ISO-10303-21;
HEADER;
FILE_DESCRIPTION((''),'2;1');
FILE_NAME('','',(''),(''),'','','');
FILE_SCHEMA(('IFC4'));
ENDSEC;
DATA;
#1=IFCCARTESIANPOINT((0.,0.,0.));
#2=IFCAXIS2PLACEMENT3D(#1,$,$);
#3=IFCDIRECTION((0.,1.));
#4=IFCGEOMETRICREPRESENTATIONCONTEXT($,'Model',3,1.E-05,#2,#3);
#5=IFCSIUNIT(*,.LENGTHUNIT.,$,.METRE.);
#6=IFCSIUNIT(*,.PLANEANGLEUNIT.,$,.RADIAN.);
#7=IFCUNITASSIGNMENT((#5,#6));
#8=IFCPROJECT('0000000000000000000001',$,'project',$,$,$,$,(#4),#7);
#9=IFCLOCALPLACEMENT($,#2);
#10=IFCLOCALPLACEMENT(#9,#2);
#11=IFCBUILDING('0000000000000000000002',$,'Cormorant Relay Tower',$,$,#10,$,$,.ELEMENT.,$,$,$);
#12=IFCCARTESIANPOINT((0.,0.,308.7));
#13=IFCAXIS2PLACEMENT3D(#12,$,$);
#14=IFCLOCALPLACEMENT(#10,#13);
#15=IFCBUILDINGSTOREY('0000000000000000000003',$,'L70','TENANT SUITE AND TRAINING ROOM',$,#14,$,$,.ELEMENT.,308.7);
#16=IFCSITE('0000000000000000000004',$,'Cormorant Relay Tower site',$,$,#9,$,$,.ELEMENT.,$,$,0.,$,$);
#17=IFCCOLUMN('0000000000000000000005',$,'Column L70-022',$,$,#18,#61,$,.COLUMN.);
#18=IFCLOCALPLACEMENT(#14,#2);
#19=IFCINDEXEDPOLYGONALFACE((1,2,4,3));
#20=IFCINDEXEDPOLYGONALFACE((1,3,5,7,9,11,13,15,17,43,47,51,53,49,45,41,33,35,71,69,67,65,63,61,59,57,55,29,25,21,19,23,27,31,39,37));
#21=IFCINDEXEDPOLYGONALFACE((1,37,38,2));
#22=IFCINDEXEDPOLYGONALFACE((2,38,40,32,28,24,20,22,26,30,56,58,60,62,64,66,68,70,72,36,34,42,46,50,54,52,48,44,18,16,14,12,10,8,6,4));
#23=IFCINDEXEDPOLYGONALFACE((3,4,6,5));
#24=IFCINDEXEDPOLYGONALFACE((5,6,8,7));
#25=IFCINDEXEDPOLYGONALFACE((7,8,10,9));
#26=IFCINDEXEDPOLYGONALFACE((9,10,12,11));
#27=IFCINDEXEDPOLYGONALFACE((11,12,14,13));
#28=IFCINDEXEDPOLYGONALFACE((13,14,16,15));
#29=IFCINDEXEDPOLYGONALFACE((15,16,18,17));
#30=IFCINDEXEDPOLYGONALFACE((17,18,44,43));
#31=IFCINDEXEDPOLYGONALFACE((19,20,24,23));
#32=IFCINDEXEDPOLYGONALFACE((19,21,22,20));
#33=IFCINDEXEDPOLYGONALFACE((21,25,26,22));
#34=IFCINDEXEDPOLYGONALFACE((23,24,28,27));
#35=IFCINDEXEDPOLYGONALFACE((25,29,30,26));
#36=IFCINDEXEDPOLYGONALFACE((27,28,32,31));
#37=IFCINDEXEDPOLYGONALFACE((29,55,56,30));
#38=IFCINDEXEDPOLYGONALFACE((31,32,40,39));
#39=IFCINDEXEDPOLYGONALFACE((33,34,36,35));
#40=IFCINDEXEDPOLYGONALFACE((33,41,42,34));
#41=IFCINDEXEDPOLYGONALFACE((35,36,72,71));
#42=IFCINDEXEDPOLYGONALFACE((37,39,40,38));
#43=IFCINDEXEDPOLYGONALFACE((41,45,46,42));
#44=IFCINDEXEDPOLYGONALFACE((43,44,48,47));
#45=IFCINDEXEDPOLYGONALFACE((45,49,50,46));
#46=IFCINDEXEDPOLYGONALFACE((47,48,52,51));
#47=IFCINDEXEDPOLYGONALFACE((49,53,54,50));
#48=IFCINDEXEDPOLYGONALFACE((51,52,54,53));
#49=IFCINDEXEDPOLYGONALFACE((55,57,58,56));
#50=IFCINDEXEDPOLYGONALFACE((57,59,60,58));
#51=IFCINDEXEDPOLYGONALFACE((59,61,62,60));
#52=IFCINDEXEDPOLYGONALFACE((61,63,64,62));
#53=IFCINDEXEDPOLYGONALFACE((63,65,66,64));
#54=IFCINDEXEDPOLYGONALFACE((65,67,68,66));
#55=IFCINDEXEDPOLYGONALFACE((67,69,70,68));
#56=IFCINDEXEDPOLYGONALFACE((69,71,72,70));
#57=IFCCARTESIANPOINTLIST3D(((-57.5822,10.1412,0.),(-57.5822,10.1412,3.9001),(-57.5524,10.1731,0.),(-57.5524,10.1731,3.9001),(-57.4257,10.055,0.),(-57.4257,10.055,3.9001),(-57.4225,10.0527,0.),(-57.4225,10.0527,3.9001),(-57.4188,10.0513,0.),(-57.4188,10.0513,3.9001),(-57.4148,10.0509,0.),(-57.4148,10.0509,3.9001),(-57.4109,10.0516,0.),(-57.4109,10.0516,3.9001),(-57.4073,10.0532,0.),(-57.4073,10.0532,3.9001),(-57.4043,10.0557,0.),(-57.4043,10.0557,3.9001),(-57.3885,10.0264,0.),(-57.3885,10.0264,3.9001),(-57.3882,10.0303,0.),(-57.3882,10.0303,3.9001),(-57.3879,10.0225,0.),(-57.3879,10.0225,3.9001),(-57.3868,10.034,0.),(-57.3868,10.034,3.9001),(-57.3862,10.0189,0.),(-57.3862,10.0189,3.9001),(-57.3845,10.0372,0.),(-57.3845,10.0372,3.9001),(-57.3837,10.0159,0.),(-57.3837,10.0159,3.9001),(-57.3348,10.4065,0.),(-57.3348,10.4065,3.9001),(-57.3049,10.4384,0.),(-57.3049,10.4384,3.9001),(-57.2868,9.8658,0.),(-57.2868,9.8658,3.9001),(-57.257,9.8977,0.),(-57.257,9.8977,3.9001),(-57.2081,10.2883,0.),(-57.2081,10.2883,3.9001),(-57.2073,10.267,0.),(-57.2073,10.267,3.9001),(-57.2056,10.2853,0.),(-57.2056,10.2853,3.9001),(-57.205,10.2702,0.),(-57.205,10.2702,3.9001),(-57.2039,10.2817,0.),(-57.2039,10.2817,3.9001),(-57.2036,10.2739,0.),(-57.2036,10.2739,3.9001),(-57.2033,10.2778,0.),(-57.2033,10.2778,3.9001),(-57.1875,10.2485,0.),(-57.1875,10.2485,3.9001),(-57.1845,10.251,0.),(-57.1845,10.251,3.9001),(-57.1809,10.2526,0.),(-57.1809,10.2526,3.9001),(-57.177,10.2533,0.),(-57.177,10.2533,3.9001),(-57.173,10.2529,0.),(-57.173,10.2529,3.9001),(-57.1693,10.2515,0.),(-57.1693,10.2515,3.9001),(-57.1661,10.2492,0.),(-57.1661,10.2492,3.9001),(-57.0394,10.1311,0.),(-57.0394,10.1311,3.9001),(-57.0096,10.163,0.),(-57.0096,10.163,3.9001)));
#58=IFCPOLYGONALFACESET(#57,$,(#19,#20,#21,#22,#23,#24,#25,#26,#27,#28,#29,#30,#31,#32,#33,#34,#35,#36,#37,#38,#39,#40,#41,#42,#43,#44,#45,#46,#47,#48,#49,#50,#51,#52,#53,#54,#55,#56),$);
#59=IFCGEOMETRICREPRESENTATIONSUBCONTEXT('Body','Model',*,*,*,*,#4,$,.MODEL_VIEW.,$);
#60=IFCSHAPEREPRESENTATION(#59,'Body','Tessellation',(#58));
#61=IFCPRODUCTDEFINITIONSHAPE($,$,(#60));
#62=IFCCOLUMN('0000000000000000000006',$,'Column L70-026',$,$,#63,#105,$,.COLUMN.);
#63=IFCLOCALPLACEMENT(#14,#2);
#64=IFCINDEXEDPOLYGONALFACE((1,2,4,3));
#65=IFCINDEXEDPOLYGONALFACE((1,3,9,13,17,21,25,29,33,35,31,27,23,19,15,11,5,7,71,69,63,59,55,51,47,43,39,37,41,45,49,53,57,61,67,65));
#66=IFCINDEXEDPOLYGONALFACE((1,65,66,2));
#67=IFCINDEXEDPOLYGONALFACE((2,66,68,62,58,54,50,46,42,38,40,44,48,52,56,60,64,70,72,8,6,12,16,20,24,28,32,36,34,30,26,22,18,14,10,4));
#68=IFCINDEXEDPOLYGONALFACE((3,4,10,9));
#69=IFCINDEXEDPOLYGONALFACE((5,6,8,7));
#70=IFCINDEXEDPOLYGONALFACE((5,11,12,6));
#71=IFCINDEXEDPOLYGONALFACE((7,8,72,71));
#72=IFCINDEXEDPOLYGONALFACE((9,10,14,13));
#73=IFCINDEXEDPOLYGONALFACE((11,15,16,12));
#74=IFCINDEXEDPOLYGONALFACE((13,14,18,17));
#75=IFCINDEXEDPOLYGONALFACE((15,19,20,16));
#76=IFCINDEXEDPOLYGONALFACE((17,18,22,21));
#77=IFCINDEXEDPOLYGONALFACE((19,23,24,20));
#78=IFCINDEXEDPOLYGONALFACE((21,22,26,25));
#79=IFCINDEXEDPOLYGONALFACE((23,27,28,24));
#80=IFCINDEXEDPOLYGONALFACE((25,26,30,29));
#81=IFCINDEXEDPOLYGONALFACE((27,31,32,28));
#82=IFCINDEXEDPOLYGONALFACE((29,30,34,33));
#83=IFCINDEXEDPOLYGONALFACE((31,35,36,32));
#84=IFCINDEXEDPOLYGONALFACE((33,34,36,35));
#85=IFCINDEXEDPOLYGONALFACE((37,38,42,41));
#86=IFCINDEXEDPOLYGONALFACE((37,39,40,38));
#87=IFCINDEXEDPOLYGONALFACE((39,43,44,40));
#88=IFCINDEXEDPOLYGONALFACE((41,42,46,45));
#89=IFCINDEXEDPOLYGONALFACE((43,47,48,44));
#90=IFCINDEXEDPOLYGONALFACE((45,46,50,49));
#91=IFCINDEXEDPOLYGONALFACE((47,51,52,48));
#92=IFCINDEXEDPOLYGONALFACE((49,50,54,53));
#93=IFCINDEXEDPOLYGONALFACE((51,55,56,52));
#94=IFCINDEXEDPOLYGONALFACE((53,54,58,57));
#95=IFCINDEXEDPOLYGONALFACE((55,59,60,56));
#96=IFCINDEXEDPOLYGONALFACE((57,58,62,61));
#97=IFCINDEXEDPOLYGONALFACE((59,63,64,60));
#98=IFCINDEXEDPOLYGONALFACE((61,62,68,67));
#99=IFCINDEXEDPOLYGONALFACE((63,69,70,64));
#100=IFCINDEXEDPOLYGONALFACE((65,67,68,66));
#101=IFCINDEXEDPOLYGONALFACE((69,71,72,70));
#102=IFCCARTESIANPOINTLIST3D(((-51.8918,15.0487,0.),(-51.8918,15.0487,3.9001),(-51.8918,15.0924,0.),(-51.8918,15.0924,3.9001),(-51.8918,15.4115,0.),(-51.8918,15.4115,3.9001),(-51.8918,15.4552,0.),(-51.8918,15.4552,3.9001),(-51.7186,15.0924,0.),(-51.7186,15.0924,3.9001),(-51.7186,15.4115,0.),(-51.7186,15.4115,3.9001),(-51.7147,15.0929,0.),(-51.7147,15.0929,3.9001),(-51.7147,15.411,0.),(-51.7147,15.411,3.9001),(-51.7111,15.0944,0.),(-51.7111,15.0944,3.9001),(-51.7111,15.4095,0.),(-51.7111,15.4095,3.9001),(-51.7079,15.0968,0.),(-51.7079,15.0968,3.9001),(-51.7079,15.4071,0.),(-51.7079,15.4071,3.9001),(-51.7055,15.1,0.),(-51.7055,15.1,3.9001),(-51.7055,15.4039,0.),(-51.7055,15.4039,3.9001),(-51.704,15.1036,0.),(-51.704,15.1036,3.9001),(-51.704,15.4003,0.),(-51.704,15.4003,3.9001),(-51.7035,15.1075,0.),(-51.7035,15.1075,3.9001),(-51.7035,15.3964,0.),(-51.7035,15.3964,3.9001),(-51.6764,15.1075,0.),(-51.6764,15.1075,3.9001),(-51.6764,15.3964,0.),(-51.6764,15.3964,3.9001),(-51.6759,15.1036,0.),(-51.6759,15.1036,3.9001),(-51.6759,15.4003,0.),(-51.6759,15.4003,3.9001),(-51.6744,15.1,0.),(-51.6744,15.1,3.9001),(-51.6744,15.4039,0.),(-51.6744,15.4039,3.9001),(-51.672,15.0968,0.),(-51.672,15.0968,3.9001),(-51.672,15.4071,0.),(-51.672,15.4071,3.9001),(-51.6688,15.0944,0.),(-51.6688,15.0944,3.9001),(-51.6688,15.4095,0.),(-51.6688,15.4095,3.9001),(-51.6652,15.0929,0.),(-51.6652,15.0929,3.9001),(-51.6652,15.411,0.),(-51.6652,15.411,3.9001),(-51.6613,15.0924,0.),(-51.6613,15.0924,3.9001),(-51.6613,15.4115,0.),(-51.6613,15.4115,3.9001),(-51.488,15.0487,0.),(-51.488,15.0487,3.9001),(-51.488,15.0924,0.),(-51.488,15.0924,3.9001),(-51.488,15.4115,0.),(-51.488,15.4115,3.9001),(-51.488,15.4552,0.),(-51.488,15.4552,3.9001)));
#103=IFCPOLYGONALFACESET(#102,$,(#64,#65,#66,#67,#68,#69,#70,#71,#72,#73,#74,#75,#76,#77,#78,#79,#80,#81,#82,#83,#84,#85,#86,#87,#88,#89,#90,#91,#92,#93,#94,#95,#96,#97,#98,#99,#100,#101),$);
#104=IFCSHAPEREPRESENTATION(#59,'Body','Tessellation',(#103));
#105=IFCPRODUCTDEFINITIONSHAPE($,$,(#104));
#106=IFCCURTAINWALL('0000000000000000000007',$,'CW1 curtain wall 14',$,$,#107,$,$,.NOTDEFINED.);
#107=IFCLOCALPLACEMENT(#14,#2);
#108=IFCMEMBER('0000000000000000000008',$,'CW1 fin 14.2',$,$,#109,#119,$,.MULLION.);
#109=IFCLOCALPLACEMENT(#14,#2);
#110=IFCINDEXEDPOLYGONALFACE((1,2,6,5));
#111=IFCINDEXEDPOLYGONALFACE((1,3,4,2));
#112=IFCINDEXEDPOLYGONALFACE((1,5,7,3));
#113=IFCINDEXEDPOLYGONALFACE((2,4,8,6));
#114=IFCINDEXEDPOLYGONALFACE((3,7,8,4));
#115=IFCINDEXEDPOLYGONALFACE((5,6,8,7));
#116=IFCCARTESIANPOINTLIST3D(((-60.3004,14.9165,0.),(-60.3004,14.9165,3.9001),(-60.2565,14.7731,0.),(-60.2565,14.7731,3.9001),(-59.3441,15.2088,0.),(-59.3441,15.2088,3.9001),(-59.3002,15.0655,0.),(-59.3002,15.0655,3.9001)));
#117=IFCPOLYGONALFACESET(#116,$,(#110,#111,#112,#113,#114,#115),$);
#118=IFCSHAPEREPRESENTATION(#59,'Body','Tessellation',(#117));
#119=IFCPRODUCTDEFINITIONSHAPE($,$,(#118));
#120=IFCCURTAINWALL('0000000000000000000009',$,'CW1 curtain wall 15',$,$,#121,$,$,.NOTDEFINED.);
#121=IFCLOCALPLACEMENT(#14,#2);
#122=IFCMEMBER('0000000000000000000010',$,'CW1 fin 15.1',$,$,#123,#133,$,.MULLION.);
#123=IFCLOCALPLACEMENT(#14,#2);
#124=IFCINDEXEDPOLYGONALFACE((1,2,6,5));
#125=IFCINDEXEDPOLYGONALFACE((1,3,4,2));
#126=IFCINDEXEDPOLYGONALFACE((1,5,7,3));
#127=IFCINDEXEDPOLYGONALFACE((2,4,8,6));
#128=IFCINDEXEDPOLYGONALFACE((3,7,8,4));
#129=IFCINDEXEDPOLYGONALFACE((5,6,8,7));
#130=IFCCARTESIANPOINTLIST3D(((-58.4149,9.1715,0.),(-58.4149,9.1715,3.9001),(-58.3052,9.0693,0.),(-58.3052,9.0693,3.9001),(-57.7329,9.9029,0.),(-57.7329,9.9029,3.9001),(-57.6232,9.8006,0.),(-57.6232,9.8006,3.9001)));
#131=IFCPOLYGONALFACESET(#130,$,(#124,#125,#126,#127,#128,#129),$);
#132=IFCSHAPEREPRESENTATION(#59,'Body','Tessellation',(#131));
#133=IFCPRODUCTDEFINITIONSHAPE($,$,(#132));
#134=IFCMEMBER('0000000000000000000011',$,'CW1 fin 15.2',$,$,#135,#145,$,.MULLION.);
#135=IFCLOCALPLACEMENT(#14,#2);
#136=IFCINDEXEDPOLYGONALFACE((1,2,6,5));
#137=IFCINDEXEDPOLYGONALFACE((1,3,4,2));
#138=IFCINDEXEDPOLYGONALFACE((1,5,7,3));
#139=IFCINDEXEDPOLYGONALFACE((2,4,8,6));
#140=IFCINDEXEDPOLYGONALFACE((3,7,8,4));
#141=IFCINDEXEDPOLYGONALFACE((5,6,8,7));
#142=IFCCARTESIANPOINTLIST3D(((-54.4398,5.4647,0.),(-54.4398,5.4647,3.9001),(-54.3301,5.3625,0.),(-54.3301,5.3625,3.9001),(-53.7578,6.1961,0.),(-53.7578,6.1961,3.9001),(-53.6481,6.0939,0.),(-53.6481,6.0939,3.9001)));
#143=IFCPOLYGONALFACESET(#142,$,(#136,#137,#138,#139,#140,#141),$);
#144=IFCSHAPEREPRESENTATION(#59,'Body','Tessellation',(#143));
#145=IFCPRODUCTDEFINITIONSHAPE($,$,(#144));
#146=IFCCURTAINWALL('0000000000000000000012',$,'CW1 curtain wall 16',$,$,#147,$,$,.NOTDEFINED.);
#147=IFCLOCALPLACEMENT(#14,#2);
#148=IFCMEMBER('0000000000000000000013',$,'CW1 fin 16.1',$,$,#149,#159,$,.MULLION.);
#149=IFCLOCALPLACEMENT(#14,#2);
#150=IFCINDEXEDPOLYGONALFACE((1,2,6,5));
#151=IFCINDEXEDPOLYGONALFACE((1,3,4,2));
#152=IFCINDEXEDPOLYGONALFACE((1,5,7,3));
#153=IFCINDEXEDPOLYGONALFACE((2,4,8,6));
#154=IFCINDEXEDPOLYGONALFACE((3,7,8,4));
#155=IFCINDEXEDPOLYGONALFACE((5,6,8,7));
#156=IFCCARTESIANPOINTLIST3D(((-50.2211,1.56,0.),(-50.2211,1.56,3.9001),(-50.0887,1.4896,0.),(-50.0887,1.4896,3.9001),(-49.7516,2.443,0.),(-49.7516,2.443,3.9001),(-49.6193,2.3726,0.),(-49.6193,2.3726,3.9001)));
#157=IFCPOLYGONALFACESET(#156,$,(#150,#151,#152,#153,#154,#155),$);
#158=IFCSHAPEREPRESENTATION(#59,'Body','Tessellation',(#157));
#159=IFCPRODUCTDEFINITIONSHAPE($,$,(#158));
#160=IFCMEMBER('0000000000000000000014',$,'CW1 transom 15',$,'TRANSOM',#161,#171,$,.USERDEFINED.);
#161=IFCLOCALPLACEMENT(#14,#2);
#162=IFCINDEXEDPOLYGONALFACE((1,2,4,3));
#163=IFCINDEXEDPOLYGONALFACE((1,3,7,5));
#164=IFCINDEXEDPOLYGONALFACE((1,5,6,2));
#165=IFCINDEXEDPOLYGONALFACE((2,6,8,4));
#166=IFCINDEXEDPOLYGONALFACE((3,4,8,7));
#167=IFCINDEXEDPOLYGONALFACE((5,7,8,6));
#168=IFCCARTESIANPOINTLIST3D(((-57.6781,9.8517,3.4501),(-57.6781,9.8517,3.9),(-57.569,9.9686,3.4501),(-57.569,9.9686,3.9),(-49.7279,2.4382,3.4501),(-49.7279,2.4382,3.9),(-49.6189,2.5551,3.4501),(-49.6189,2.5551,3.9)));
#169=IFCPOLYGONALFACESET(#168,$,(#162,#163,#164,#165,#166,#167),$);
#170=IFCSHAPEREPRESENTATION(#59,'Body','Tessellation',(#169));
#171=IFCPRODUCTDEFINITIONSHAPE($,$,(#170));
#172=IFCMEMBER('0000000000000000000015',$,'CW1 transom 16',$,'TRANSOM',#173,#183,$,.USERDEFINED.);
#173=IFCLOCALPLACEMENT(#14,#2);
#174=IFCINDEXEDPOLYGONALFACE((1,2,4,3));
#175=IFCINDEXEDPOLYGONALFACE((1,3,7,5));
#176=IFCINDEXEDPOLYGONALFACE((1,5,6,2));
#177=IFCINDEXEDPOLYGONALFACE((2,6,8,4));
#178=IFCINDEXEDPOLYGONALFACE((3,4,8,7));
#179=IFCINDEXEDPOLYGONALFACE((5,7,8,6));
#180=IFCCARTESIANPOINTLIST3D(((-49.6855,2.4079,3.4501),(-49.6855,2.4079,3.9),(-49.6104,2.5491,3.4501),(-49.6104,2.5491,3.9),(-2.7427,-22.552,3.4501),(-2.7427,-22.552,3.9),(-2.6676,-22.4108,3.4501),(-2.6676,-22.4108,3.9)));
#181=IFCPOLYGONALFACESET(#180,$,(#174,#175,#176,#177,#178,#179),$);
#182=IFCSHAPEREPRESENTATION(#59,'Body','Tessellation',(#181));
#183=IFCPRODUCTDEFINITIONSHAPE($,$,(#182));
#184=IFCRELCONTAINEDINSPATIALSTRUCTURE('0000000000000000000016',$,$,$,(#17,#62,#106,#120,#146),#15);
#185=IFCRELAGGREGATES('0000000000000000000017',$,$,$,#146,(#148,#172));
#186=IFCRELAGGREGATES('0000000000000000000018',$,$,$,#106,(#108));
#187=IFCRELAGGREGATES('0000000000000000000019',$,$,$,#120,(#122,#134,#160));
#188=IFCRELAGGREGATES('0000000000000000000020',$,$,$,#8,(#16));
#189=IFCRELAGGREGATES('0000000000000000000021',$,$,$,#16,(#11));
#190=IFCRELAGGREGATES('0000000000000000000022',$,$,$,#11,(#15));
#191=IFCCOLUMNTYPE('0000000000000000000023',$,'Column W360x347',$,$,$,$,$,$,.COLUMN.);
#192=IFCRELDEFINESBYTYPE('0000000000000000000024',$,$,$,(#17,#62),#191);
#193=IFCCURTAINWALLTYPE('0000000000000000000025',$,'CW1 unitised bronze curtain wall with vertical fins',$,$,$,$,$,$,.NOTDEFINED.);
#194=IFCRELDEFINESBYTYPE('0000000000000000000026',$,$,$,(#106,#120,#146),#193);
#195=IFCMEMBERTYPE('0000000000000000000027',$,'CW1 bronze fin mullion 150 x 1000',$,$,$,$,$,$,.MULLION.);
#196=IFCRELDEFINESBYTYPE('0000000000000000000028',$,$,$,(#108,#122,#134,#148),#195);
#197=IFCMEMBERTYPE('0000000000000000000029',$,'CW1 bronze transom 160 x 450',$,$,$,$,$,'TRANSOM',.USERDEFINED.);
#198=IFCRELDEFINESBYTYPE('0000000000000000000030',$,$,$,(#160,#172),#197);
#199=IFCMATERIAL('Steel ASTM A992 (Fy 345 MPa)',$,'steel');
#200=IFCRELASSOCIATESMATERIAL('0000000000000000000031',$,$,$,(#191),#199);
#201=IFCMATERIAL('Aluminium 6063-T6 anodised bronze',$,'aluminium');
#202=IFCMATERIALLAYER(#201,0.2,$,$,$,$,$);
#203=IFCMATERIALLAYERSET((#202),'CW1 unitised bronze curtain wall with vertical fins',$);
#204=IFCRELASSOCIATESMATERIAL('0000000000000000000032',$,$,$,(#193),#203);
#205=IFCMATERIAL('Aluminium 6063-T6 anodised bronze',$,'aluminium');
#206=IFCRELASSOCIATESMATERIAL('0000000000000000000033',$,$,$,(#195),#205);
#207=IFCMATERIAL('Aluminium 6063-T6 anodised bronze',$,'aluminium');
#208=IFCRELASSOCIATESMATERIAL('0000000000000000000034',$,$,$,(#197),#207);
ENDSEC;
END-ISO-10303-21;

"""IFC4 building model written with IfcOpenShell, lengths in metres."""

from ifc_helpers import new_model, si_unit, direction, frame, origin, origin_2d, place, context, subcontext, project, spatial, rectangle, i_section, extrude, material, layer, layer_set, material_profile, profile_set, type_object, element, aggregate, save


model = new_model("IFC4")

# Units and contexts
model_context = context("Model", 3, precision=1e-05, world=origin(), true_north=direction((0.0, 1.0)))
body_context = subcontext(model_context, "Body", "Model", "MODEL_VIEW")
ifc_project = project(units=[si_unit("LENGTHUNIT", "METRE"), si_unit("PLANEANGLEUNIT", "RADIAN")], contexts=[model_context])

# Site, building, storey
site_placement = place(None, origin())
site = spatial("IfcSite", under=ifc_project, at=site_placement, Name="Cormorant Relay Tower site", CompositionType="ELEMENT", RefElevation=0.0)
building_placement = place(site_placement, origin())
building = spatial("IfcBuilding", under=site, at=building_placement, Name="Cormorant Relay Tower", CompositionType="ELEMENT")
storey_placement = place(building_placement, frame((0.0, 0.0, 308.7)))
storey = spatial("IfcBuildingStorey", under=building, at=storey_placement, Name="L70", Description="TENANT SUITE AND TRAINING ROOM", CompositionType="ELEMENT", Elevation=308.7)

# Columns
ifc_material_1 = material(Name="Steel ASTM A992 (Fy 345 MPa)", Category="steel")
ifc_material_profile_1 = material_profile(ifc_material_1, i_section(OverallWidth=0.4038, OverallDepth=0.4065, WebThickness=0.0271, FlangeThickness=0.0437, FilletRadius=0.0151, at=origin_2d()), Name="W360x347")
ifc_profile_set_1 = profile_set([ifc_material_profile_1], Name="Steel ASTM A992 (Fy 345 MPa)")
column_type = type_object("IfcColumnType", Name="Column W360x347", PredefinedType="COLUMN", material=ifc_profile_set_1)
for number, where, z_axis, x_axis, name in (
    (1, (-57.2959, 10.1521, 0.0), (0.0, 0.0, 1.0), (0.731354, -0.681998, 0.0), "Column L70-022"),
    (2, (-51.6899, 15.252, 0.0), (0.0, 0.0, 1.0), (1.0, 0.0, 0.0), "Column L70-026"),
):
    element("IfcColumn", number, at=place(storey_placement, frame(where, z_axis=z_axis, x_axis=x_axis)), inside=storey, type_object=column_type, Name=name, PredefinedType="COLUMN", context=body_context, shape_type="SweptSolid", body=[
        extrude(i_section(OverallWidth=0.4038, OverallDepth=0.4065, WebThickness=0.0271, FlangeThickness=0.0437, FilletRadius=0.0151, at=origin_2d()), origin(), (0.0, 0.0, 1.0), 3.9001),
    ])

# Curtain wall, member
ifc_material_2 = material(Name="Aluminium 6063-T6 anodised bronze", Category="aluminium")
ifc_layer_1 = layer(ifc_material_2, 0.2)
ifc_layer_set_1 = layer_set([ifc_layer_1], Name="CW1 unitised bronze curtain wall with vertical fins")
curtain_wall_type = type_object("IfcCurtainWallType", Name="CW1 unitised bronze curtain wall with vertical fins", PredefinedType="NOTDEFINED", material=ifc_layer_set_1)
curtain_wall_1_placement = place(storey_placement, origin())
curtain_wall_1 = element("IfcCurtainWall", 3, at=curtain_wall_1_placement, inside=storey, type_object=curtain_wall_type, Name="CW1 curtain wall 14", PredefinedType="NOTDEFINED")
ifc_material_3 = material(Name="Aluminium 6063-T6 anodised bronze", Category="aluminium")
ifc_material_profile_2 = material_profile(ifc_material_3, rectangle(XDim=0.1499, YDim=1.0, at=origin_2d()), Name="AL 150x1000")
ifc_profile_set_2 = profile_set([ifc_material_profile_2], Name="Aluminium 6063-T6 anodised bronze")
member_type_1 = type_object("IfcMemberType", Name="CW1 bronze fin mullion 150 x 1000", PredefinedType="MULLION", material=ifc_profile_set_2)
member_1_placement = place(storey_placement, frame((-59.8003, 14.991, 0.0), z_axis=(0.0, 0.0, 1.0), x_axis=(0.292372, -0.956305, 0.0)))
member_1 = element("IfcMember", 4, at=member_1_placement, type_object=member_type_1, Name="CW1 fin 14.2", PredefinedType="MULLION", context=body_context, shape_type="SweptSolid", body=[
    extrude(rectangle(XDim=0.1499, YDim=1.0, at=origin_2d()), origin(), (0.0, 0.0, 1.0), 3.9001),
])

# Curtain wall, members
curtain_wall_2_placement = place(storey_placement, origin())
curtain_wall_2 = element("IfcCurtainWall", 5, at=curtain_wall_2_placement, inside=storey, type_object=curtain_wall_type, Name="CW1 curtain wall 15", PredefinedType="NOTDEFINED")
member_2_placement = place(storey_placement, frame((-58.019, 9.4861, 0.0), z_axis=(0.0, 0.0, 1.0), x_axis=(0.731354, -0.681998, 0.0)))
member_2 = element("IfcMember", 6, at=member_2_placement, type_object=member_type_1, Name="CW1 fin 15.1", PredefinedType="MULLION", context=body_context, shape_type="SweptSolid", body=[
    extrude(rectangle(XDim=0.1499, YDim=1.0, at=origin_2d()), origin(), (0.0, 0.0, 1.0), 3.9001),
])
member_3_placement = place(storey_placement, frame((-54.0439, 5.7793, 0.0), z_axis=(0.0, 0.0, 1.0), x_axis=(0.731354, -0.681998, 0.0)))
member_3 = element("IfcMember", 7, at=member_3_placement, type_object=member_type_1, Name="CW1 fin 15.2", PredefinedType="MULLION", context=body_context, shape_type="SweptSolid", body=[
    extrude(rectangle(XDim=0.1499, YDim=1.0, at=origin_2d()), origin(), (0.0, 0.0, 1.0), 3.9001),
])

# Curtain wall, member
curtain_wall_3_placement = place(storey_placement, origin())
curtain_wall_3 = element("IfcCurtainWall", 8, at=curtain_wall_3_placement, inside=storey, type_object=curtain_wall_type, Name="CW1 curtain wall 16", PredefinedType="NOTDEFINED")
member_4_placement = place(storey_placement, frame((-49.9202, 1.9663, 0.0), z_axis=(0.0, 0.0, 1.0), x_axis=(0.882948, -0.469472, 0.0)))
member_4 = element("IfcMember", 9, at=member_4_placement, type_object=member_type_1, Name="CW1 fin 16.1", PredefinedType="MULLION", context=body_context, shape_type="SweptSolid", body=[
    extrude(rectangle(XDim=0.1499, YDim=1.0, at=origin_2d()), origin(), (0.0, 0.0, 1.0), 3.9001),
])

# Members
ifc_material_4 = material(Name="Aluminium 6063-T6 anodised bronze", Category="aluminium")
ifc_material_profile_3 = material_profile(ifc_material_4, rectangle(XDim=0.1599, YDim=0.45, at=origin_2d()), Name="AL 160x450")
ifc_profile_set_3 = profile_set([ifc_material_profile_3], Name="Aluminium 6063-T6 anodised bronze")
member_type_2 = type_object("IfcMemberType", Name="CW1 bronze transom 160 x 450", ElementType="TRANSOM", PredefinedType="USERDEFINED", material=ifc_profile_set_3)
member_5_placement = place(storey_placement, frame((-57.6235, 9.9102, 3.675), z_axis=(0.731358, -0.681993, 0.0), x_axis=(0.681993, 0.731358, 0.0)))
member_5 = element("IfcMember", 10, at=member_5_placement, type_object=member_type_2, Name="CW1 transom 15", ObjectType="TRANSOM", PredefinedType="USERDEFINED", context=body_context, shape_type="SweptSolid", body=[
    extrude(rectangle(XDim=0.1599, YDim=0.45, at=origin_2d()), origin(), (0.0, 0.0, 1.0), 10.8704),
])
member_6_placement = place(storey_placement, frame((-49.6479, 2.4785, 3.675), z_axis=(0.882948, -0.469471, 0.0), x_axis=(0.469471, 0.882948, 0.0)))
member_6 = element("IfcMember", 11, at=member_6_placement, type_object=member_type_2, Name="CW1 transom 16", ObjectType="TRANSOM", PredefinedType="USERDEFINED", context=body_context, shape_type="SweptSolid", body=[
    extrude(rectangle(XDim=0.1599, YDim=0.45, at=origin_2d()), origin(), (0.0, 0.0, 1.0), 53.166),
])
aggregate(curtain_wall_3, [member_4, member_6])

aggregate(curtain_wall_1, [member_1])
aggregate(curtain_wall_2, [member_2, member_3, member_5])

save(model, "model.ifc")
